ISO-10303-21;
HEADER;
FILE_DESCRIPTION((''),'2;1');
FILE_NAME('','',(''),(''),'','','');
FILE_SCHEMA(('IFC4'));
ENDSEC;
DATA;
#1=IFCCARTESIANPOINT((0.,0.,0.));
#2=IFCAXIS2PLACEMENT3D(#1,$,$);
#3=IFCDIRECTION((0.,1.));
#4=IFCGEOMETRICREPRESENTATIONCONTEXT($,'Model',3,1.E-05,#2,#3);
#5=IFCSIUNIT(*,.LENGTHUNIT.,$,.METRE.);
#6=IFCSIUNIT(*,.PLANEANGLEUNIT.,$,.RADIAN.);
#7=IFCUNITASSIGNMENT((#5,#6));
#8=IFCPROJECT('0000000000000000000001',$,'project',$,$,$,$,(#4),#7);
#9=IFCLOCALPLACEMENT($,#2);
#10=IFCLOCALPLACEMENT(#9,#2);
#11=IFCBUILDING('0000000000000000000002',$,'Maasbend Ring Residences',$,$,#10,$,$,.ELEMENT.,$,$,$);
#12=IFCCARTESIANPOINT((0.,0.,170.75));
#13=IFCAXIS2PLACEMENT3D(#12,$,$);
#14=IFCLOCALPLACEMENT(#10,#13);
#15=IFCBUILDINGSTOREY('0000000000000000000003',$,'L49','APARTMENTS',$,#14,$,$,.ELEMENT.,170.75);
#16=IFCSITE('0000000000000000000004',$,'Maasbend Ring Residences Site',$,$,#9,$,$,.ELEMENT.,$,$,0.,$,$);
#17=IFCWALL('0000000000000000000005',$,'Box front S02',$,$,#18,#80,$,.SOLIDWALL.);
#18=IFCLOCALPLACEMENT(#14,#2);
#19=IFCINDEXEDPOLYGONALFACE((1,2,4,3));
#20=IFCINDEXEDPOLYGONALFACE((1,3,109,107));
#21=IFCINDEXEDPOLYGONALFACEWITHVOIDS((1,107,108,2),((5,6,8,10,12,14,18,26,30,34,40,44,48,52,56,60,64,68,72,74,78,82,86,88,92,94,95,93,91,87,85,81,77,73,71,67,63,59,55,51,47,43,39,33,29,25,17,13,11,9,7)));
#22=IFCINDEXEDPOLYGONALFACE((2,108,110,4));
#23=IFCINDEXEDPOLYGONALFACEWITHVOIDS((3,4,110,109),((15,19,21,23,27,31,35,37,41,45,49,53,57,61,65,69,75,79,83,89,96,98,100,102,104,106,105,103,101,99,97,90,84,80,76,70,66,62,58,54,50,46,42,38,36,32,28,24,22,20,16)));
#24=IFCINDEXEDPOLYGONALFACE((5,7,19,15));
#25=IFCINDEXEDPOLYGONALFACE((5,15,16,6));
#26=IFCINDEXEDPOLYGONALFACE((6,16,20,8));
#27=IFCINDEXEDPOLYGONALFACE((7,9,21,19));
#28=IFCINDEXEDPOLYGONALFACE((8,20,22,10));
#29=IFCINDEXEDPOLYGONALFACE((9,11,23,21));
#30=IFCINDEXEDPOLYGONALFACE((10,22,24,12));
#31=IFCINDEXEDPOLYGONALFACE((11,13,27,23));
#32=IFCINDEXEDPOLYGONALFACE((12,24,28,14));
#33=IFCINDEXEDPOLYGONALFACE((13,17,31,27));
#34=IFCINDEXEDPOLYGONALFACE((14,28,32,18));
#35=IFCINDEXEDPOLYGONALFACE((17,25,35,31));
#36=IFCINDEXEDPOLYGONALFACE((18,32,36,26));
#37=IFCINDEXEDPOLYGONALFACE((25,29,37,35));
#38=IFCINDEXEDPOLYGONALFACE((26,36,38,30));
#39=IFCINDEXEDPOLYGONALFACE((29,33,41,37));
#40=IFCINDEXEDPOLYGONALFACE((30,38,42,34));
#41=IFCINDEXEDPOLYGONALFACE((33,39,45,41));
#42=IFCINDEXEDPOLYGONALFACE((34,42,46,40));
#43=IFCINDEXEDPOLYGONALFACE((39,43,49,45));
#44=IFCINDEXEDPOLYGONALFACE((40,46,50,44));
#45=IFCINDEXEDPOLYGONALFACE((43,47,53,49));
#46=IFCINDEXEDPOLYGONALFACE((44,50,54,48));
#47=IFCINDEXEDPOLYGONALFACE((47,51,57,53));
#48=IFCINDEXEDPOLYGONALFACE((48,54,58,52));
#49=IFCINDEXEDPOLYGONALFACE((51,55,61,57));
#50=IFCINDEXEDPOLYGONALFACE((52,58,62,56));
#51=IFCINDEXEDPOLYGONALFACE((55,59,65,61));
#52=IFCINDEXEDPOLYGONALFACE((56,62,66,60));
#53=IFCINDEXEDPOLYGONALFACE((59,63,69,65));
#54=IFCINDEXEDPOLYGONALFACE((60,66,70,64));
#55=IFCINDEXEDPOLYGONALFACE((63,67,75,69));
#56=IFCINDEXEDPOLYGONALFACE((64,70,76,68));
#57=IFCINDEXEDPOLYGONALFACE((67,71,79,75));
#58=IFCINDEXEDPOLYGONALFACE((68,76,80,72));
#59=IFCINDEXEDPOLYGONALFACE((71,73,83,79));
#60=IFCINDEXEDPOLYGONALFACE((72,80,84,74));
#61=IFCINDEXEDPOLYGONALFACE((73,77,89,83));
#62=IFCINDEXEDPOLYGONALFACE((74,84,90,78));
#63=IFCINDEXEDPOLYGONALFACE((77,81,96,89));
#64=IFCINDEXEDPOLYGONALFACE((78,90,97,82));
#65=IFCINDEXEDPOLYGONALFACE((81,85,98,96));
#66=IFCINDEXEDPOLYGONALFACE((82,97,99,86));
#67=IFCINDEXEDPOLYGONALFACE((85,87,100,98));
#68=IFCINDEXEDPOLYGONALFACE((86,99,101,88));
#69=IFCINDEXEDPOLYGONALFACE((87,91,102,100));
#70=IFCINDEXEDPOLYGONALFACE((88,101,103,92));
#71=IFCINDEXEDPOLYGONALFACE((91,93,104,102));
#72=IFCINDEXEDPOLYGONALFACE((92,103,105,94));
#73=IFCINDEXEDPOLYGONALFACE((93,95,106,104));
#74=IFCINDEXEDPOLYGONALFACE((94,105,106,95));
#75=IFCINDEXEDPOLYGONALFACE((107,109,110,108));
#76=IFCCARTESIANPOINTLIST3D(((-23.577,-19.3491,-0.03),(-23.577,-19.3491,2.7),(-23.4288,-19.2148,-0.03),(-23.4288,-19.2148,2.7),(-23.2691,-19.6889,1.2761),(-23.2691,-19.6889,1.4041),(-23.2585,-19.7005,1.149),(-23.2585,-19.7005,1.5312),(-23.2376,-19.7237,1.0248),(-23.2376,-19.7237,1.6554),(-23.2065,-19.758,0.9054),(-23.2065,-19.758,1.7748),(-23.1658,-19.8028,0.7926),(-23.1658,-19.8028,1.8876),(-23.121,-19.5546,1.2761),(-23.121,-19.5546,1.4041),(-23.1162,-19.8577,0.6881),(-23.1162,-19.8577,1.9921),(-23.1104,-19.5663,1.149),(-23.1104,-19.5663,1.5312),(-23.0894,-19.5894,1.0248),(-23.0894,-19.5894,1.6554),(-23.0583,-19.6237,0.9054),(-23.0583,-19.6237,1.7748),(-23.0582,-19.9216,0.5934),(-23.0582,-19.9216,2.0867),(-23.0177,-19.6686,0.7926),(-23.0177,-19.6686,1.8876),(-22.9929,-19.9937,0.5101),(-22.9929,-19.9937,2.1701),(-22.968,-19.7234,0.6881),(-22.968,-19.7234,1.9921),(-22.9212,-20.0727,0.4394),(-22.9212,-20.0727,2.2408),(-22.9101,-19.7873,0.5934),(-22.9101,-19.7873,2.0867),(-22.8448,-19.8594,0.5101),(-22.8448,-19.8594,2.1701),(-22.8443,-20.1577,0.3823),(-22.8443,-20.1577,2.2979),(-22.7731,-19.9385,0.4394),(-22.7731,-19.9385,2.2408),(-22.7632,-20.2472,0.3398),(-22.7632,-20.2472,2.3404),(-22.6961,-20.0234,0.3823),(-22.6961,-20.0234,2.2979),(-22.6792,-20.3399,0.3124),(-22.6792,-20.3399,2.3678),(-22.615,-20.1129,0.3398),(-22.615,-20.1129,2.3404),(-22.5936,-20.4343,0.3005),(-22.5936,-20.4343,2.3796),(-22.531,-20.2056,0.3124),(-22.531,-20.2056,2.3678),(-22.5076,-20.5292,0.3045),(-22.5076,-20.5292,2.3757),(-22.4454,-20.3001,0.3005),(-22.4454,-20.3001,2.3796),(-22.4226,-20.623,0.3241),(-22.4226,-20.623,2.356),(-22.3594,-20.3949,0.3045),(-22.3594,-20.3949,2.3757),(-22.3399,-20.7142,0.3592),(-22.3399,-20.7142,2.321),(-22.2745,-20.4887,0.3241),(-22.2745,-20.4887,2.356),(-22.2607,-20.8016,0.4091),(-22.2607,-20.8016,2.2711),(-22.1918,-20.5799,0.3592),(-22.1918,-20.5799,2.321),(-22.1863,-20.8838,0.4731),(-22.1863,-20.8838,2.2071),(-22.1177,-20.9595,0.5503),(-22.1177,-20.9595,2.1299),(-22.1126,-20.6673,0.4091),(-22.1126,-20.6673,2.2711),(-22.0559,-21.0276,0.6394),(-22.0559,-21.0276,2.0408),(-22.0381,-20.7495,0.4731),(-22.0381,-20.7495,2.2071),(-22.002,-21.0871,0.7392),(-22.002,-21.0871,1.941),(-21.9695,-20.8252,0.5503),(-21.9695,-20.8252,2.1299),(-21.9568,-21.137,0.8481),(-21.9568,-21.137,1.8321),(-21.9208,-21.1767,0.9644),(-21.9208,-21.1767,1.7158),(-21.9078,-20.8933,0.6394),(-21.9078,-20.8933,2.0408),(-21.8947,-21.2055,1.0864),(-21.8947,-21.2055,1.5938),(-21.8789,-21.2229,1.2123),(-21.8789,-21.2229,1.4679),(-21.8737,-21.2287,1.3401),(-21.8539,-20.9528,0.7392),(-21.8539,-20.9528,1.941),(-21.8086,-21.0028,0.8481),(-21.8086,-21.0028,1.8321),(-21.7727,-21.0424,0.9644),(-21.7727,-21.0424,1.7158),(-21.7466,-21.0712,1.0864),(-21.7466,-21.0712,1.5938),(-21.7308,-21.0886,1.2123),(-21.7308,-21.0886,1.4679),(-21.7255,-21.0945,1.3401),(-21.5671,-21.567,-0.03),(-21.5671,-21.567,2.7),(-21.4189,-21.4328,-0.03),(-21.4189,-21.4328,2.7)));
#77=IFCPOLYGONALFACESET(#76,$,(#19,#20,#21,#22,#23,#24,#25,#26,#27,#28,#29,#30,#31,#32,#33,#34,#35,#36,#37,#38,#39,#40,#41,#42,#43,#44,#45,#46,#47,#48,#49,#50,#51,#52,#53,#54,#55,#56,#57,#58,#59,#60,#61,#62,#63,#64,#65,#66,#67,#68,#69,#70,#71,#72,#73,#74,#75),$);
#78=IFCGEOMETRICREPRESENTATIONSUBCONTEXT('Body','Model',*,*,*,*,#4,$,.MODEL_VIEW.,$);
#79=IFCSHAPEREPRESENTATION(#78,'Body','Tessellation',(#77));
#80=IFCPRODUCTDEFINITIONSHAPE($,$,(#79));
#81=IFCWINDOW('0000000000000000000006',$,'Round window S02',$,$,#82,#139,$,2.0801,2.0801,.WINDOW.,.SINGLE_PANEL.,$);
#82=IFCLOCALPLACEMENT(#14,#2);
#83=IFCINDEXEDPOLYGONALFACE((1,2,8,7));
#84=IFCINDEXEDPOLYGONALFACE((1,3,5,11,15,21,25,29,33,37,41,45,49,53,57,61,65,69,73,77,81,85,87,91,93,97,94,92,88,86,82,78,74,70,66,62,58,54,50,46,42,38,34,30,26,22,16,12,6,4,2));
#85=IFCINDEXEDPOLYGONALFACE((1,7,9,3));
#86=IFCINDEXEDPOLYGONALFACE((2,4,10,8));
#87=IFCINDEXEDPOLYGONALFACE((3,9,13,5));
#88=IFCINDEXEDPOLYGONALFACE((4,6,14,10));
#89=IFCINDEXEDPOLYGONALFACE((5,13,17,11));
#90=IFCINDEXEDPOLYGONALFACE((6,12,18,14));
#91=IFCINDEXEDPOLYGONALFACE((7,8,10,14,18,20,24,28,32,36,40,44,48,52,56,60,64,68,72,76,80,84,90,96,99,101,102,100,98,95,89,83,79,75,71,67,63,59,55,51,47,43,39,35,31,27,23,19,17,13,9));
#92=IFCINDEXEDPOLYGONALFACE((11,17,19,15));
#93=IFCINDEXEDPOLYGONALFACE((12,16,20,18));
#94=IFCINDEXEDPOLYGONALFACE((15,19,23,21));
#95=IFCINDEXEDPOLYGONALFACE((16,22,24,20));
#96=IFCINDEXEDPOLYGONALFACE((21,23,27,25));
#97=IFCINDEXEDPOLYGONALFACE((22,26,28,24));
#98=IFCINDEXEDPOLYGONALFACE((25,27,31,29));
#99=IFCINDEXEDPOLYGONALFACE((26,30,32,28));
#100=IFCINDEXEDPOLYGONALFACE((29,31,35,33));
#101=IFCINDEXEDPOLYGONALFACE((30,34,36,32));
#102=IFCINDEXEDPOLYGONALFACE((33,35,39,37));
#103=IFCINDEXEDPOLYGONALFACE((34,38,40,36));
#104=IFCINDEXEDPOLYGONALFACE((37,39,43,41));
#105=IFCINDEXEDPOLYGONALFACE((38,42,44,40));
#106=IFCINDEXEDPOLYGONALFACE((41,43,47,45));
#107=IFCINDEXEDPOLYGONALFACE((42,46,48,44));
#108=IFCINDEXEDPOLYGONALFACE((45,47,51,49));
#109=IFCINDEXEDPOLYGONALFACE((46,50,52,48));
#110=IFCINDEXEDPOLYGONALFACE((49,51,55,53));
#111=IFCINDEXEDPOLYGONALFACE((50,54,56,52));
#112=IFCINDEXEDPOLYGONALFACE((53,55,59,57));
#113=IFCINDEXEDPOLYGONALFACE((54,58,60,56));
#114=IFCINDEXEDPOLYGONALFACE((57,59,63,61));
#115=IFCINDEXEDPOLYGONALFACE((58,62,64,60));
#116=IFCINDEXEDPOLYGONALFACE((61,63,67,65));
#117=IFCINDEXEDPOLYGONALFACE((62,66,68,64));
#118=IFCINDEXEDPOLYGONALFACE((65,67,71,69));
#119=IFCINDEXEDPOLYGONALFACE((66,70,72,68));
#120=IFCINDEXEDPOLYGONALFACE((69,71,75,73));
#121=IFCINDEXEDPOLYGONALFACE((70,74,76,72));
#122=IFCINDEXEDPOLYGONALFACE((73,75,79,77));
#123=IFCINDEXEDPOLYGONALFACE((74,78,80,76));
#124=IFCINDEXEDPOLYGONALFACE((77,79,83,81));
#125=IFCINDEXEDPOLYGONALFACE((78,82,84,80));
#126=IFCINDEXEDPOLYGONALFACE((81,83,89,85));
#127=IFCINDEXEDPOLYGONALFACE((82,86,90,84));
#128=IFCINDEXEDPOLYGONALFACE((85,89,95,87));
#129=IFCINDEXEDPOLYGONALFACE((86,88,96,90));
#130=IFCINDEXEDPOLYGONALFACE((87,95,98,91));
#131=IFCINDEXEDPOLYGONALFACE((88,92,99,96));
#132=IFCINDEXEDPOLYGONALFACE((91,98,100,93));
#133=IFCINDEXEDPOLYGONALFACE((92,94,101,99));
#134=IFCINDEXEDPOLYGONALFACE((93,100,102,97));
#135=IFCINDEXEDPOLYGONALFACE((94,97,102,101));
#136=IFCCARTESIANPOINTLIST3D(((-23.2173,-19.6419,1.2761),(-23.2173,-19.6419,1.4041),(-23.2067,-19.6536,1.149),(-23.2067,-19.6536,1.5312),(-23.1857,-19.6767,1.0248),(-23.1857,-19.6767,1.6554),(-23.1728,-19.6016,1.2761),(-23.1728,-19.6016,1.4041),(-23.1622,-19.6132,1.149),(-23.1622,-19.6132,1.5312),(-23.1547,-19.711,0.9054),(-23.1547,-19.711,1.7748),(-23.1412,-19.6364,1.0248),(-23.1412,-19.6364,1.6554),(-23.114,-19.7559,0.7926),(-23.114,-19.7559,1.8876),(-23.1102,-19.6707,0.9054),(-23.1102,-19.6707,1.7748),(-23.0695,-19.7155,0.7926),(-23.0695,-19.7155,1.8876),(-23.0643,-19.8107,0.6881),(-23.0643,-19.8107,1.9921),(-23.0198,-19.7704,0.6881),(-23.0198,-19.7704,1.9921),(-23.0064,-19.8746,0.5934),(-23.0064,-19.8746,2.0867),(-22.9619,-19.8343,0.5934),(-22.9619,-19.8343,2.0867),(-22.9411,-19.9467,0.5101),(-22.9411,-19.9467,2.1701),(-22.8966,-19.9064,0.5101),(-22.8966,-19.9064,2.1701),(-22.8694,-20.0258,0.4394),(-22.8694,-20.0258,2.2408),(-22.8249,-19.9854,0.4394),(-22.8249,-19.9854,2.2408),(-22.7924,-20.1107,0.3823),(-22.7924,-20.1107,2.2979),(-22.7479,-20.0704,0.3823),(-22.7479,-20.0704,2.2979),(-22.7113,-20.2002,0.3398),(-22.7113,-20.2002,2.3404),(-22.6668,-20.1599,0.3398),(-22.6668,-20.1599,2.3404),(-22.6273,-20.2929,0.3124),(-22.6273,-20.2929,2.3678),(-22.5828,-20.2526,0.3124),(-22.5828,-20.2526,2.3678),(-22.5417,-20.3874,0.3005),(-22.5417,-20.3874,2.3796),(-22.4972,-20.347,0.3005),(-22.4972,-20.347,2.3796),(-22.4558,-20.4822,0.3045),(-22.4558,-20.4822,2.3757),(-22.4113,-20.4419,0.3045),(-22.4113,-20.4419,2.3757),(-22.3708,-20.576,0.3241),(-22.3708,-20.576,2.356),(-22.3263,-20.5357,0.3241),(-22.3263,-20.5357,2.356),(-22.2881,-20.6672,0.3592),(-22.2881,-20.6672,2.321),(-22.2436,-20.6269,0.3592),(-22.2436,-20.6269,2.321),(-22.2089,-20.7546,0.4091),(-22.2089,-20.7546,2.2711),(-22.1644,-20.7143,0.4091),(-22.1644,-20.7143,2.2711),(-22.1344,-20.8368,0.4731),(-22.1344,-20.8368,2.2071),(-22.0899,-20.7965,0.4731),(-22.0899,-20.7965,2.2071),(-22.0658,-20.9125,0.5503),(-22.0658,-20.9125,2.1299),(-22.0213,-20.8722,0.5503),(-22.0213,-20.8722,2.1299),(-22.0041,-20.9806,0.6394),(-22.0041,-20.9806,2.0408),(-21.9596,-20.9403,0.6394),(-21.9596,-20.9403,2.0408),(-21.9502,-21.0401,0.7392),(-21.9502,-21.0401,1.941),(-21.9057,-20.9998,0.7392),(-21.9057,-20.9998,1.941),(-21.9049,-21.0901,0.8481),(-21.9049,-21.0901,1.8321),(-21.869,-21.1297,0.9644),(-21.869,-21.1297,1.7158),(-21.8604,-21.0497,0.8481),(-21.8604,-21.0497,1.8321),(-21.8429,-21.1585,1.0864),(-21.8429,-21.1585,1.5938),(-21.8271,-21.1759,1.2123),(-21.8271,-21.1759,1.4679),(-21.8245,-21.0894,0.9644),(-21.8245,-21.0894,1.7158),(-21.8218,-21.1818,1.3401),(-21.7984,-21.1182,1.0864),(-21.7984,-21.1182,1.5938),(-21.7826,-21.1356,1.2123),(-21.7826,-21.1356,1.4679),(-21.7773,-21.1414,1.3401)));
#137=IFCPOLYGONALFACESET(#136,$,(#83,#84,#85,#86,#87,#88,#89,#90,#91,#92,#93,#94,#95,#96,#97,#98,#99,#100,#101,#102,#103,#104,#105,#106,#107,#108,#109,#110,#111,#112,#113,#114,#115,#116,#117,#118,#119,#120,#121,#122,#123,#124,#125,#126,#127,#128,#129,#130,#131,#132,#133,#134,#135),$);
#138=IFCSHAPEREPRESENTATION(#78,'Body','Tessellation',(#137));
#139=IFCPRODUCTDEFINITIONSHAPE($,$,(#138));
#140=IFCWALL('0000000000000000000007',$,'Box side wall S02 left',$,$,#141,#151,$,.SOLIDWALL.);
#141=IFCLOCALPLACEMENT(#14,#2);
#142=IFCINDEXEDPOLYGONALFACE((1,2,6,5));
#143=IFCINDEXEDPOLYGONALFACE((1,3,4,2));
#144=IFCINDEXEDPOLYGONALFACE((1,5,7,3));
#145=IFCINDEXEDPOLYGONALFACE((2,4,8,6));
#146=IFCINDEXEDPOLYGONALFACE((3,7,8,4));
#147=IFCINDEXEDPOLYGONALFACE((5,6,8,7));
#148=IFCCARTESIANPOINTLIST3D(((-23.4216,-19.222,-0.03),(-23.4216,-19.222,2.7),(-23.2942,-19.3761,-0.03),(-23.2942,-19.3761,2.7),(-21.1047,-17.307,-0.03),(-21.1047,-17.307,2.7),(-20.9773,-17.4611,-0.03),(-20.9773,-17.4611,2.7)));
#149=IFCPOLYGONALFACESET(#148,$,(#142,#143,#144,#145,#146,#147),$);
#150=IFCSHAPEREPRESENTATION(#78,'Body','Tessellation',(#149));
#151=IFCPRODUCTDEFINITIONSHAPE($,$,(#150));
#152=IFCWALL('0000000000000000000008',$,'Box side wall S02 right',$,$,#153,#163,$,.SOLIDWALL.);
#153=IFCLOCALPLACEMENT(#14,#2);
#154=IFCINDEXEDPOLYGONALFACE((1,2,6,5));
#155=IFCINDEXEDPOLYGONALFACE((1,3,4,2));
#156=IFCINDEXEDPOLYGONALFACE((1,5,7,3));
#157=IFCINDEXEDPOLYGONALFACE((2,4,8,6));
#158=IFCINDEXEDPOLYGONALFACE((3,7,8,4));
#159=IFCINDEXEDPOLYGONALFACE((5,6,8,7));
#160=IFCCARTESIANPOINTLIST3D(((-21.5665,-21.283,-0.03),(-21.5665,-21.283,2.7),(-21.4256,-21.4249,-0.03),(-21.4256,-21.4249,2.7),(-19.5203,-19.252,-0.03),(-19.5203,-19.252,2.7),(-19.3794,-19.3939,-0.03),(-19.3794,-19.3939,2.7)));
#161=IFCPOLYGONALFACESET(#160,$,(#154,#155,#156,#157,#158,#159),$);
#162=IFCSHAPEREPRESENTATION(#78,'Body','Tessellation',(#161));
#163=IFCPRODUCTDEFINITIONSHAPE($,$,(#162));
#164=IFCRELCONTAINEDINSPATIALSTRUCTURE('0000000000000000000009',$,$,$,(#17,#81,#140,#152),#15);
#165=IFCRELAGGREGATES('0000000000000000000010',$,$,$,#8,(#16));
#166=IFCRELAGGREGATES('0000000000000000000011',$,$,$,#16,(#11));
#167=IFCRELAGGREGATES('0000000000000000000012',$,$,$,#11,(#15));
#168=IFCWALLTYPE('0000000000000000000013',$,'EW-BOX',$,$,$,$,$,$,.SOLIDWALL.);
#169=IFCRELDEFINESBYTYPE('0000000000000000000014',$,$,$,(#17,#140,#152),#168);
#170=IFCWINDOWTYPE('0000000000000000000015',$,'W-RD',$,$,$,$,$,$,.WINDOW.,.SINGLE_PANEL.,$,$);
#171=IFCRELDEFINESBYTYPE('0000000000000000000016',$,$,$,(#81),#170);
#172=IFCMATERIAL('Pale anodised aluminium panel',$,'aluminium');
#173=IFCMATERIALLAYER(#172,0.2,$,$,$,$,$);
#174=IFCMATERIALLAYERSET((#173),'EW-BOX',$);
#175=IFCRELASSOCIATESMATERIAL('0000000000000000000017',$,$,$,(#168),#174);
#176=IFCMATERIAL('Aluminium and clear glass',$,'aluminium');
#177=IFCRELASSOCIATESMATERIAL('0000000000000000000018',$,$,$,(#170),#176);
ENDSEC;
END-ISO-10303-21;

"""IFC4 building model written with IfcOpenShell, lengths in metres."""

from ifc_helpers import new_model, si_unit, direction, frame, frame_2d, origin, place, context, subcontext, project, spatial, rectangle, circle, extrude, material, layer, layer_set, type_object, element, fill, save


model = new_model("IFC4")

# Units and contexts
model_context = context("Model", 3, precision=1e-05, world=origin(), true_north=direction((0.0, 1.0)))
body_context = subcontext(model_context, "Body", "Model", "MODEL_VIEW")
ifc_project = project(units=[si_unit("LENGTHUNIT", "METRE"), si_unit("PLANEANGLEUNIT", "RADIAN")], contexts=[model_context])

# Site, building, storey
site_placement = place(None, origin())
site = spatial("IfcSite", under=ifc_project, at=site_placement, Name="Maasbend Ring Residences Site", CompositionType="ELEMENT", RefElevation=0.0)
building_placement = place(site_placement, origin())
building = spatial("IfcBuilding", under=site, at=building_placement, Name="Maasbend Ring Residences", CompositionType="ELEMENT")
storey_placement = place(building_placement, frame((0.0, 0.0, 170.75)))
storey = spatial("IfcBuildingStorey", under=building, at=storey_placement, Name="L49", Description="APARTMENTS", CompositionType="ELEMENT", Elevation=170.75)

# Wall, opening, window
ifc_material_1 = material(Name="Pale anodised aluminium panel", Category="aluminium")
ifc_layer_1 = layer(ifc_material_1, 0.2)
ifc_layer_set_1 = layer_set([ifc_layer_1], Name="EW-BOX")
wall_type_1 = type_object("IfcWallType", Name="EW-BOX", PredefinedType="SOLIDWALL", material=ifc_layer_set_1)
wall_1_placement = place(storey_placement, frame((-23.5029, -19.282, -0.03), z_axis=(0.0, 0.0, 1.0), x_axis=(0.671507, -0.740998, 0.0)))
wall_1 = element("IfcWall", 1, at=wall_1_placement, inside=storey, type_object=wall_type_1, Name="Box front S02", PredefinedType="SOLIDWALL", context=body_context, shape_type="SweptSolid", body=[
    extrude(rectangle(XDim=2.9932, YDim=0.2, at=frame_2d((1.4966, 0.0))), origin(), (0.0, 0.0, 1.0), 2.73),
])
opening_1_placement = place(wall_1_placement, frame((0.4565, 0.0, 0.3301)))
opening_1 = element("IfcOpeningElement", 2, at=opening_1_placement, cuts=wall_1, PredefinedType="OPENING", context=body_context, shape_type="SweptSolid", body=[
    extrude(circle(Radius=1.04, at=frame_2d((1.04, 1.04))), frame((0.0, 0.1099, 0.0), z_axis=(0.0, -1.0, 0.0), x_axis=(1.0, 0.0, 0.0)), (0.0, 0.0, 1.0), 0.22),
])
ifc_material_2 = material(Name="Aluminium and clear glass", Category="aluminium")
window_type_1 = type_object("IfcWindowType", Name="W-RD", PartitioningType="SINGLE_PANEL", PredefinedType="WINDOW", material=ifc_material_2)
window_1_placement = place(opening_1_placement, origin())
window_1 = element("IfcWindow", 3, at=window_1_placement, inside=storey, type_object=window_type_1, Name="Round window S02", OverallHeight=2.0801, OverallWidth=2.0801, PartitioningType="SINGLE_PANEL", PredefinedType="WINDOW", context=body_context, shape_type="SweptSolid", body=[
    extrude(circle(Radius=1.04, at=frame_2d((1.04, 1.04))), frame((0.0, 0.03, 0.0), z_axis=(0.0, -1.0, 0.0), x_axis=(1.0, 0.0, 0.0)), (0.0, 0.0, 1.0), 0.0601),
])
fill(opening_1, window_1)

# Walls
wall_2_placement = place(storey_placement, frame((-21.041, -17.384, -0.03), z_axis=(0.0, 0.0, 1.0), x_axis=(-0.770785, -0.637096, 0.0)))
element("IfcWall", 4, at=wall_2_placement, inside=storey, type_object=wall_type_1, Name="Box side wall S02 left", PredefinedType="SOLIDWALL", context=body_context, shape_type="SweptSolid", body=[
    extrude(rectangle(XDim=3.0059, YDim=0.2, at=frame_2d((1.5029, 0.0))), origin(), (0.0, 0.0, 1.0), 2.73),
])
wall_3_placement = place(storey_placement, frame((-19.45, -19.323, -0.03), z_axis=(0.0, 0.0, 1.0), x_axis=(-0.709727, -0.704477, 0.0)))
element("IfcWall", 5, at=wall_3_placement, inside=storey, type_object=wall_type_1, Name="Box side wall S02 right", PredefinedType="SOLIDWALL", context=body_context, shape_type="SweptSolid", body=[
    extrude(rectangle(XDim=2.8831, YDim=0.2, at=frame_2d((1.4414, 0.0))), origin(), (0.0, 0.0, 1.0), 2.73),
])

save(model, "model.ifc")
